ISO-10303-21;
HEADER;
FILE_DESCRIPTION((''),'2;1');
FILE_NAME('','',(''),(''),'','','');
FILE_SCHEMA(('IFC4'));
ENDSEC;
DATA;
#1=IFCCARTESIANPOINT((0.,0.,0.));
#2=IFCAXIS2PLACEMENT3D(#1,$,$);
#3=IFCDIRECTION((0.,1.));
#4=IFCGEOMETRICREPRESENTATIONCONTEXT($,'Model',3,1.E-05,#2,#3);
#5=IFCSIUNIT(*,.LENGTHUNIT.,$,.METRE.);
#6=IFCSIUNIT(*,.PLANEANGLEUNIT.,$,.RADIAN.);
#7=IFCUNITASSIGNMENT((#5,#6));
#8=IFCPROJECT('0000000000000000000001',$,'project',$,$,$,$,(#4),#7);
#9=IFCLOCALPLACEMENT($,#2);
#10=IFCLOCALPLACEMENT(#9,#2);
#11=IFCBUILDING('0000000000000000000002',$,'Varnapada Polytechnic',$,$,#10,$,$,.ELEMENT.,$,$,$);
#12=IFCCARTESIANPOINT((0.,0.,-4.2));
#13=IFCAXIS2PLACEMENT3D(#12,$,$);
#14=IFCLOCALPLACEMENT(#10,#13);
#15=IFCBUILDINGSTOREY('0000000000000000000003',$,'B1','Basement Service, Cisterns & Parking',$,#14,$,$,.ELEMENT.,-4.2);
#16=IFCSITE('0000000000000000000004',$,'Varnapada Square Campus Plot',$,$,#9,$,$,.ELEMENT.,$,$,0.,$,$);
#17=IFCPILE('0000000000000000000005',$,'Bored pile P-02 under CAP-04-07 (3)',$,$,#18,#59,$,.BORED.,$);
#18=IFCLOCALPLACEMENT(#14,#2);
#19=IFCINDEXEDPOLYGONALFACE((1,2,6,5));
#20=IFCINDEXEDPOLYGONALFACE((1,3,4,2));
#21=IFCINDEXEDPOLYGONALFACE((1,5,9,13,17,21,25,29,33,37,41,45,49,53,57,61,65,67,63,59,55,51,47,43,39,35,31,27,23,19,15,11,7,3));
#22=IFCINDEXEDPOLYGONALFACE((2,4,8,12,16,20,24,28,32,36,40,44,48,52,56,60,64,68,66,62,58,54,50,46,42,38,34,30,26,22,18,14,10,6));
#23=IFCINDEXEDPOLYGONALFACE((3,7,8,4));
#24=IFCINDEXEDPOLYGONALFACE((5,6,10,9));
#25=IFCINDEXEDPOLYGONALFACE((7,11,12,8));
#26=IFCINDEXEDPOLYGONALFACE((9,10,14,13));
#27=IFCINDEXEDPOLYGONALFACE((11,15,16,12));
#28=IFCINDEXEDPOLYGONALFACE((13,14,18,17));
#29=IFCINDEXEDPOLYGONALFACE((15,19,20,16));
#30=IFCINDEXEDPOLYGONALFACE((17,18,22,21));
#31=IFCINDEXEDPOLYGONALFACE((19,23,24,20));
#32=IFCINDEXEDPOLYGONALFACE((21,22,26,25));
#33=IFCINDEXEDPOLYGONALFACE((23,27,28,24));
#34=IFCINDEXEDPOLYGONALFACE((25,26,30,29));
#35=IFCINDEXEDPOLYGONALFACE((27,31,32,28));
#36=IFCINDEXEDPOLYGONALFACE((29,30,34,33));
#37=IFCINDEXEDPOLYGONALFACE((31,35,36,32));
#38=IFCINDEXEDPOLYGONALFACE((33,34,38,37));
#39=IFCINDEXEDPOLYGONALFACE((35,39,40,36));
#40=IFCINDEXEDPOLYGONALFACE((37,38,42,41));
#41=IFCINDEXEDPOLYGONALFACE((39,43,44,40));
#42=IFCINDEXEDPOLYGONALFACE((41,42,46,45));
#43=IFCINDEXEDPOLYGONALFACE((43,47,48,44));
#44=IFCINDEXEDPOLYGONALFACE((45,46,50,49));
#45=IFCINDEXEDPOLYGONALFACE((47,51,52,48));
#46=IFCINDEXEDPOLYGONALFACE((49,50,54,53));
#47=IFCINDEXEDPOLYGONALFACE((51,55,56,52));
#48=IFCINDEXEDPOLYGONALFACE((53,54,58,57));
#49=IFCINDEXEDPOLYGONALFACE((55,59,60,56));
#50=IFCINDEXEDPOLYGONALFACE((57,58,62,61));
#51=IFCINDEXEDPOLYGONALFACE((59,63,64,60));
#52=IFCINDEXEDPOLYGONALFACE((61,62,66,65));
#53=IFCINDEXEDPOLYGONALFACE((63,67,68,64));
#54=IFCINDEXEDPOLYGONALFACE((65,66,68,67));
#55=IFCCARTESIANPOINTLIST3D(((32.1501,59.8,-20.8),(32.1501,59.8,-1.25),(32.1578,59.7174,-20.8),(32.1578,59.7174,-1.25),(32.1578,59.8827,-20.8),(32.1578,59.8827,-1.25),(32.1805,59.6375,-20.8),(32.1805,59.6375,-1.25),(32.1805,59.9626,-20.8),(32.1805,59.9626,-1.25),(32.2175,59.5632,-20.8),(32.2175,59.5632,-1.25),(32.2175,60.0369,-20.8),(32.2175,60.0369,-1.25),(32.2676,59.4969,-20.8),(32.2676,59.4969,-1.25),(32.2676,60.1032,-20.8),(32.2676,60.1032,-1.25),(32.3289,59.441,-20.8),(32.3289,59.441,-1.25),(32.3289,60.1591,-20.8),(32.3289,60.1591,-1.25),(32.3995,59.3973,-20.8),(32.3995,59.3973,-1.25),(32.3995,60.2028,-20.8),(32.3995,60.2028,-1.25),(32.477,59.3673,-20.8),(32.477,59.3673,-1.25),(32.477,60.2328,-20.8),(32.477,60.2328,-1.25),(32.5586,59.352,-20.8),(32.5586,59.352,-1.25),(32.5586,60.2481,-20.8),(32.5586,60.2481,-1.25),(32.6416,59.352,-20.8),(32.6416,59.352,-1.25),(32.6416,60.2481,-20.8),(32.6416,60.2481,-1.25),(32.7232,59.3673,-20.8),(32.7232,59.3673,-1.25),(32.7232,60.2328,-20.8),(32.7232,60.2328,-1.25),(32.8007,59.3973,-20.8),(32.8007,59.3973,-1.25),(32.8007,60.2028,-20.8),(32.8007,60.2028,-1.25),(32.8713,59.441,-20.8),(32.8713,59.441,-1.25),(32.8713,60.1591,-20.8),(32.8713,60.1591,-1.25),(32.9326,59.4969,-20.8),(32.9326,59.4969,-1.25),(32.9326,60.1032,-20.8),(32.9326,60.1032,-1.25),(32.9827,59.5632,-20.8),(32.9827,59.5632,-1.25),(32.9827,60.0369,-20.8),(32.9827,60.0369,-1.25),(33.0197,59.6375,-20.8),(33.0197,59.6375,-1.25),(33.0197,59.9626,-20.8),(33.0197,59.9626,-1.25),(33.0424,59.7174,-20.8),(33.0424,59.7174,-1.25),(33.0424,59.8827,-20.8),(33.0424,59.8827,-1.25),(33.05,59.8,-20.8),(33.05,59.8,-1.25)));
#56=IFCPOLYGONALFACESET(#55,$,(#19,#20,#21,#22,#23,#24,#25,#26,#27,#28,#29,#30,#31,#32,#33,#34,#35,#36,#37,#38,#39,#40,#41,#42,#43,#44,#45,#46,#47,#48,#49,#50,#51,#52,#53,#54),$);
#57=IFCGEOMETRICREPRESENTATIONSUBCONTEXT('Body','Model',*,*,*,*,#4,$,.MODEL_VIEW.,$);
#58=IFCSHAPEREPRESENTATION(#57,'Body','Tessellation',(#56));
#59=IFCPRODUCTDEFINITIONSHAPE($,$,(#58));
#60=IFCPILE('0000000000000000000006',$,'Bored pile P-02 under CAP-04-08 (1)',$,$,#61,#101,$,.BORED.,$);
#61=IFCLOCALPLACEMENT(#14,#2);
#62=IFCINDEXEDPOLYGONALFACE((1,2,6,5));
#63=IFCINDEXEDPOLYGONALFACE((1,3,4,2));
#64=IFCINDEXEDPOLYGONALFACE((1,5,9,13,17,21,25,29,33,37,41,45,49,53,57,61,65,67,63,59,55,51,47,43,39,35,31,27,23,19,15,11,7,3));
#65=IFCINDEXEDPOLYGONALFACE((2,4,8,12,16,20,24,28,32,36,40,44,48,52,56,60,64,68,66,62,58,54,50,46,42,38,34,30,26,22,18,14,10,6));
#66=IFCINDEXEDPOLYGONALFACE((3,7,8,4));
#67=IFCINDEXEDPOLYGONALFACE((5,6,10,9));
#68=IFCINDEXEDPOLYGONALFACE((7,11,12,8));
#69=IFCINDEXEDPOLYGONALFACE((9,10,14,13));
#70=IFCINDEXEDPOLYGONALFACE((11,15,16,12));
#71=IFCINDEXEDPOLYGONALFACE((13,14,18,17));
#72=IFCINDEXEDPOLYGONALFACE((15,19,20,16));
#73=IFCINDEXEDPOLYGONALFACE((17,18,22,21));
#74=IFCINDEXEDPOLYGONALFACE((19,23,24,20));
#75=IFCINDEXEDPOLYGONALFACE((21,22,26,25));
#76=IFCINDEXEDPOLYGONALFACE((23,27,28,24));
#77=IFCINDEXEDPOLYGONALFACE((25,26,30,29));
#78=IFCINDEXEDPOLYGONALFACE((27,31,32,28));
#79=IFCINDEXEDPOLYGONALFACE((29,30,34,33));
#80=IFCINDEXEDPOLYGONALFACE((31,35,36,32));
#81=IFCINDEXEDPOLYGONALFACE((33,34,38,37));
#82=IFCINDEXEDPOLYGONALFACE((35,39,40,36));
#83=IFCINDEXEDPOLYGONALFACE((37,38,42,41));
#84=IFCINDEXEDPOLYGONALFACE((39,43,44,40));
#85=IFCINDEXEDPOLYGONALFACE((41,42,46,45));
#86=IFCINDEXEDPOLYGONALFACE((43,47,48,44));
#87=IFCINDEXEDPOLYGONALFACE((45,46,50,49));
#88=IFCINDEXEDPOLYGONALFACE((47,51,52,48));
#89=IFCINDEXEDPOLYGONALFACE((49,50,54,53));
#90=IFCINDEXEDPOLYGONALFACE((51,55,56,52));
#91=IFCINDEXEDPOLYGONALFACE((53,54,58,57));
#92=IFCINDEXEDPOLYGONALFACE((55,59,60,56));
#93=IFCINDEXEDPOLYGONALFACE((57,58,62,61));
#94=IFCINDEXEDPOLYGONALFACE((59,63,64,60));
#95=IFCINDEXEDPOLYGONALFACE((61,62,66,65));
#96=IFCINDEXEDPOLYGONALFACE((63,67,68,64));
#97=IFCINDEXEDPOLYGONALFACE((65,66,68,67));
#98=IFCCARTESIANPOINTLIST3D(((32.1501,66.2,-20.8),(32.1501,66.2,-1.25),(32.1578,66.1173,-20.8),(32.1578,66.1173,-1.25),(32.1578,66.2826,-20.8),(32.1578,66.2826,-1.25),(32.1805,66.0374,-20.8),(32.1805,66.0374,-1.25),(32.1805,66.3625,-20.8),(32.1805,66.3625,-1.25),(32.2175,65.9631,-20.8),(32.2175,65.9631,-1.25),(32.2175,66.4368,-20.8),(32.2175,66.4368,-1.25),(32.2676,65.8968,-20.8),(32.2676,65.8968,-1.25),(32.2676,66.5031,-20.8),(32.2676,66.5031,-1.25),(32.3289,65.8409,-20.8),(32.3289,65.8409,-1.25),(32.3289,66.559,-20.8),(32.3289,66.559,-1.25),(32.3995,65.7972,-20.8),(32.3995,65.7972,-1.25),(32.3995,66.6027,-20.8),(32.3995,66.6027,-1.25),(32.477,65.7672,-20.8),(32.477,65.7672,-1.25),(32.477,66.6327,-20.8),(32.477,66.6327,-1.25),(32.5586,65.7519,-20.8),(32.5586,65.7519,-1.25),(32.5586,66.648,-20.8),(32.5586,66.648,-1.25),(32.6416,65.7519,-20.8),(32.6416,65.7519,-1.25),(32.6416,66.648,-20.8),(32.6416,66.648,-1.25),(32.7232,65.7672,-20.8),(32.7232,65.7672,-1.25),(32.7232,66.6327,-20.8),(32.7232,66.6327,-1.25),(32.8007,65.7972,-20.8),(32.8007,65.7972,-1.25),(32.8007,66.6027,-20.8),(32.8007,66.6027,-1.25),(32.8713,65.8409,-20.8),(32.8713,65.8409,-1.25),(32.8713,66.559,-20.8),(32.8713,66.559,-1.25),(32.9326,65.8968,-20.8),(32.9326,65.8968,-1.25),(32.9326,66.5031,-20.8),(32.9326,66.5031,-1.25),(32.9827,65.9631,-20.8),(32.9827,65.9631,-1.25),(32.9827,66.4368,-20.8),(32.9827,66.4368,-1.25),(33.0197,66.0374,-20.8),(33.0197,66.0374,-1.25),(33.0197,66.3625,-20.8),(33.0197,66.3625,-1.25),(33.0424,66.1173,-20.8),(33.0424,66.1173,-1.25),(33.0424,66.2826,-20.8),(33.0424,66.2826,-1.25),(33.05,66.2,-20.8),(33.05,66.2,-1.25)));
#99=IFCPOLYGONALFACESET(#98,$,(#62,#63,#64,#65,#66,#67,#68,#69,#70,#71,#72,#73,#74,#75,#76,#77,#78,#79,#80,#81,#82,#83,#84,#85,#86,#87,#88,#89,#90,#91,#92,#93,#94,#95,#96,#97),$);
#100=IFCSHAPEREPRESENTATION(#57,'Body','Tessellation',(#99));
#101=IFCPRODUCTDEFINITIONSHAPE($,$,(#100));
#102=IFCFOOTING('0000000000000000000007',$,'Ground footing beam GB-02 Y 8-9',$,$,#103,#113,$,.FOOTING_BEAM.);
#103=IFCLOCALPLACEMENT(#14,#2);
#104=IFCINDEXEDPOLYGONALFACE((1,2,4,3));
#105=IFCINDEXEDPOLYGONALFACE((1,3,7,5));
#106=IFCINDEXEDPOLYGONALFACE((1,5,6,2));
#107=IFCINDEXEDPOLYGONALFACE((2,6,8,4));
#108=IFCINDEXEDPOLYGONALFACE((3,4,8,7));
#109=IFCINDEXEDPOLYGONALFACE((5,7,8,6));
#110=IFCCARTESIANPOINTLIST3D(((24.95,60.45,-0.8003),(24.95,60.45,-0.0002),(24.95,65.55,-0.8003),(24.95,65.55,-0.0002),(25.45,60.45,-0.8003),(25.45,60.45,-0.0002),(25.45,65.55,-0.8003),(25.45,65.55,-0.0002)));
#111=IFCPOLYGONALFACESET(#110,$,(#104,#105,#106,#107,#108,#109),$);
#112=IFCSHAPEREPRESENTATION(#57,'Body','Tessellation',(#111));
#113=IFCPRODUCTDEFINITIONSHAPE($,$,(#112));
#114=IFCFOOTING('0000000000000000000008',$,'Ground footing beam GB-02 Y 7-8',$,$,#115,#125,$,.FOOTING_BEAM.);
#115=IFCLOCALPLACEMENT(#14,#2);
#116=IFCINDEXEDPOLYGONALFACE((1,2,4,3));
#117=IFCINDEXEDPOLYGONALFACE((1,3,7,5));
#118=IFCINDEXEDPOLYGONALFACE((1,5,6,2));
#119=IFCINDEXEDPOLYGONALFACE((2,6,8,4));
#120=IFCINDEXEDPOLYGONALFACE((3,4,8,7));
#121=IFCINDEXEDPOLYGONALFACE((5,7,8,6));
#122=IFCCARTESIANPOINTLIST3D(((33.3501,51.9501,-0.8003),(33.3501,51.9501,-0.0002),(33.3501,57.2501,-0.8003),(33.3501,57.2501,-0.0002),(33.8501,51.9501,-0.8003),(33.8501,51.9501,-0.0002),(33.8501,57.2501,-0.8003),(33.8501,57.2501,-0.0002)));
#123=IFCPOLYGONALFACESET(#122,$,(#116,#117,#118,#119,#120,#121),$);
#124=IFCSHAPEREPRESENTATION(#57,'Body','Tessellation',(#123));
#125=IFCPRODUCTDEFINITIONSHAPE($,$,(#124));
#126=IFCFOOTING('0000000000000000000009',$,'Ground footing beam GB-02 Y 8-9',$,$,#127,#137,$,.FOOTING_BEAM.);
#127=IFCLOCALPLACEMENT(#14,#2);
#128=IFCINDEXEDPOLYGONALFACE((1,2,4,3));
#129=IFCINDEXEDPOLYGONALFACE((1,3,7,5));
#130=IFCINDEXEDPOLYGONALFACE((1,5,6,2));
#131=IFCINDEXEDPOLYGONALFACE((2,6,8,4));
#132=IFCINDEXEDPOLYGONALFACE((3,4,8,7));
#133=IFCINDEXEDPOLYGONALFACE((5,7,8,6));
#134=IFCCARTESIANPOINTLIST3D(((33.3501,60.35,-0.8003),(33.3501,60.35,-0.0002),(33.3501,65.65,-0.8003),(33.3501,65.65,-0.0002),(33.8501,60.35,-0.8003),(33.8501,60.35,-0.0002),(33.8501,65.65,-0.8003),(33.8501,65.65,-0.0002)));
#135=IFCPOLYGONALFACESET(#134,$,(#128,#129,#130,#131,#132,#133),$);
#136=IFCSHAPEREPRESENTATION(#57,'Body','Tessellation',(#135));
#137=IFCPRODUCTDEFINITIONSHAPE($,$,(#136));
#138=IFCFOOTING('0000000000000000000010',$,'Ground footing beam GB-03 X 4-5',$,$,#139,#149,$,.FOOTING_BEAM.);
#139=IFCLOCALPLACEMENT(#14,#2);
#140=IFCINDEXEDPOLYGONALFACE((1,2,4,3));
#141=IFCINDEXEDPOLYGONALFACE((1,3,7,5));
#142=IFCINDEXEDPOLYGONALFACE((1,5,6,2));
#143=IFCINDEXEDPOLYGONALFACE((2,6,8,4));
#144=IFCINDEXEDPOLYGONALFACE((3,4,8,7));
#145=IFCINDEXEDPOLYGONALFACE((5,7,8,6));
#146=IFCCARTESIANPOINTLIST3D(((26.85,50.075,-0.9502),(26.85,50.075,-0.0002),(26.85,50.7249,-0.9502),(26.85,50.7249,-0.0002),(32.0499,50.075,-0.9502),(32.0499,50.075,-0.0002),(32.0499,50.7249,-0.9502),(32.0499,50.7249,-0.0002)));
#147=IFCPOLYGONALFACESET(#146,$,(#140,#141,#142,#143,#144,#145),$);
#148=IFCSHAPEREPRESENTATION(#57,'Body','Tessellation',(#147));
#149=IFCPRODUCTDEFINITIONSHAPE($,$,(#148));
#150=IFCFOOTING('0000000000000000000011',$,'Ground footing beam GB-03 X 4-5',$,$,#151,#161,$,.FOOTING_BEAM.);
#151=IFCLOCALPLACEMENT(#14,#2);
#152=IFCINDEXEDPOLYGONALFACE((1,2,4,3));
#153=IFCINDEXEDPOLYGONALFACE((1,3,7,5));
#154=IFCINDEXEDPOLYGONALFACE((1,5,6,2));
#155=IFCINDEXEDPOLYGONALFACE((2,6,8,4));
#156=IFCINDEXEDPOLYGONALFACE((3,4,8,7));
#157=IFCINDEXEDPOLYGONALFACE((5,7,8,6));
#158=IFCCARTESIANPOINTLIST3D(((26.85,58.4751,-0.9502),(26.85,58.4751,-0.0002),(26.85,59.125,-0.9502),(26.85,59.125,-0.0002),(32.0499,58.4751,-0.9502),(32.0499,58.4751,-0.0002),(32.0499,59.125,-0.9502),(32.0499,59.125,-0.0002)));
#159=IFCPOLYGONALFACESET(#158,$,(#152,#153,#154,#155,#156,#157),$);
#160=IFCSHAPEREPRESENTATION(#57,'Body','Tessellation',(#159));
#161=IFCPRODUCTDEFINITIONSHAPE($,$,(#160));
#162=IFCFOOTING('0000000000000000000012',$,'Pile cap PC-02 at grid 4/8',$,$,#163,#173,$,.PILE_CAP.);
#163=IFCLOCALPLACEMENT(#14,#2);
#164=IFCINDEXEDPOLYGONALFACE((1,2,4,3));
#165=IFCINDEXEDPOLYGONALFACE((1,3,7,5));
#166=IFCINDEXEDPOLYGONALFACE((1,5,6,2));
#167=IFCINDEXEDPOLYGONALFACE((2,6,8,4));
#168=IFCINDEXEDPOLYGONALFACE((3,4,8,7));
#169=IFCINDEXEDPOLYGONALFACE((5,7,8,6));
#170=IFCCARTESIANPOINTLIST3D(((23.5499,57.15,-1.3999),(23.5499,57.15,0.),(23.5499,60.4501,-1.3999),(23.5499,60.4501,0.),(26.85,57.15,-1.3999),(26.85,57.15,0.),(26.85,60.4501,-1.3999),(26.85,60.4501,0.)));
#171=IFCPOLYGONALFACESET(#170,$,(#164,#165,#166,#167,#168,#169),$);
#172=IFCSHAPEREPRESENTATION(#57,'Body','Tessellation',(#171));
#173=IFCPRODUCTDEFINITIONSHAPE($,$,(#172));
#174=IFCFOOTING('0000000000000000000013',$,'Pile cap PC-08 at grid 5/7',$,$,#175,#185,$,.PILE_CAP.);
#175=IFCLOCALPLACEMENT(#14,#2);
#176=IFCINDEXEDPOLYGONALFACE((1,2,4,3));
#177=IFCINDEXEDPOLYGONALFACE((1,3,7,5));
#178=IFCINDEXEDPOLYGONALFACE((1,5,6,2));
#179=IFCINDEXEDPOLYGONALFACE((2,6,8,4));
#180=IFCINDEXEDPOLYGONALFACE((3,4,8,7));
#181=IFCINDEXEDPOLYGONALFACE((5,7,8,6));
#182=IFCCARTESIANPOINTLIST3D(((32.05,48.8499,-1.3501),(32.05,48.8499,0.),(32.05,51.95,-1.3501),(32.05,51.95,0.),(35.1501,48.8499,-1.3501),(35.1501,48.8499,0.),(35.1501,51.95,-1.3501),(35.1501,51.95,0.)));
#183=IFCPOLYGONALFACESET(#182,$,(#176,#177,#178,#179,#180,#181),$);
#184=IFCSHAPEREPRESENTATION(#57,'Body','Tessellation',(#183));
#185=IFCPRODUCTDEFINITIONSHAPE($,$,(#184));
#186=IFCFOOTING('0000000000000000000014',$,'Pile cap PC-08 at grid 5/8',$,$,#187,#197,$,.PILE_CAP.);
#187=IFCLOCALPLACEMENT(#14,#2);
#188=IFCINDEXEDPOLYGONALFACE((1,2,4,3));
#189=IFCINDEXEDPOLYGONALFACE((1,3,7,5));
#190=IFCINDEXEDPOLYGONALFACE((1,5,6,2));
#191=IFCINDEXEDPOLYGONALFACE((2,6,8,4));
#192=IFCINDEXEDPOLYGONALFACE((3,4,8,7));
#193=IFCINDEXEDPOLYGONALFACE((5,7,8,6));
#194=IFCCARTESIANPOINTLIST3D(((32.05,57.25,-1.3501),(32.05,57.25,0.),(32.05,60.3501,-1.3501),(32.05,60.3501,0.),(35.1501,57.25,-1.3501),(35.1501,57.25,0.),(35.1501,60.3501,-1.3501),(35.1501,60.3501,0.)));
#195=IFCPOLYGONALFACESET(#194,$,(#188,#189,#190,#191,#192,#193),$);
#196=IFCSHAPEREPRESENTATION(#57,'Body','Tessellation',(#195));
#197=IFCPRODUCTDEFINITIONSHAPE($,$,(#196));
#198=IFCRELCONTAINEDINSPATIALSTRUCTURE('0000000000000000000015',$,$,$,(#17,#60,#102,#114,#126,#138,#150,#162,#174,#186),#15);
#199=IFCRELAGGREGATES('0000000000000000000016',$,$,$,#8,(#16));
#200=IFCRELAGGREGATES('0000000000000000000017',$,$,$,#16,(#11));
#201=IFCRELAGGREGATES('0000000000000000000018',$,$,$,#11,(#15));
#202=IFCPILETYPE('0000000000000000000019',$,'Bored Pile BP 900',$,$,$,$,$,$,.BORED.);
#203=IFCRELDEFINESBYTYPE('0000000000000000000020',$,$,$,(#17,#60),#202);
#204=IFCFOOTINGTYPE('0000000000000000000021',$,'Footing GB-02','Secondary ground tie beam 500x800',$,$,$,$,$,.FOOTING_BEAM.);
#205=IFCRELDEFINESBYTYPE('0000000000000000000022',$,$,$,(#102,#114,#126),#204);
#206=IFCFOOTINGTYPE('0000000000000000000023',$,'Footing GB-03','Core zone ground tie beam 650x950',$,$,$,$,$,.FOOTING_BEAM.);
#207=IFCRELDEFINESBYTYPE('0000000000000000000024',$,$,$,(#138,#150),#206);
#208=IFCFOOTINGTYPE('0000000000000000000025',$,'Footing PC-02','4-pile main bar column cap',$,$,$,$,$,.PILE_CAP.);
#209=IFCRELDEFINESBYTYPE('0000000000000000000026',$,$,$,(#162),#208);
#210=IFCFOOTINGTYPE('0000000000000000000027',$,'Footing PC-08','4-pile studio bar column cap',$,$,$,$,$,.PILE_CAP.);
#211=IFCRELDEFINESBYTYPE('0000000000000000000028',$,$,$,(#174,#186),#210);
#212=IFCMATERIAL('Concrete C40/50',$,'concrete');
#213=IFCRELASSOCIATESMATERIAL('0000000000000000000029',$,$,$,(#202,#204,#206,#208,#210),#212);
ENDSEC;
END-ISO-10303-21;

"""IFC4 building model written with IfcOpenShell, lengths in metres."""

from ifc_helpers import new_model, si_unit, direction, frame, origin, origin_2d, place, context, subcontext, project, spatial, rectangle, circle, extrude, material, material_profile, profile_set, type_object, element, save


model = new_model("IFC4")

# Units and contexts
model_context = context("Model", 3, precision=1e-05, world=origin(), true_north=direction((0.0, 1.0)))
body_context = subcontext(model_context, "Body", "Model", "MODEL_VIEW")
ifc_project = project(units=[si_unit("LENGTHUNIT", "METRE"), si_unit("PLANEANGLEUNIT", "RADIAN")], contexts=[model_context])

# Site, building, storey
site_placement = place(None, origin())
site = spatial("IfcSite", under=ifc_project, at=site_placement, Name="Varnapada Square Campus Plot", CompositionType="ELEMENT", RefElevation=0.0)
building_placement = place(site_placement, origin())
building = spatial("IfcBuilding", under=site, at=building_placement, Name="Varnapada Polytechnic", CompositionType="ELEMENT")
storey_placement = place(building_placement, frame((0.0, 0.0, -4.2)))
storey = spatial("IfcBuildingStorey", under=building, at=storey_placement, Name="B1", Description="Basement Service, Cisterns & Parking", CompositionType="ELEMENT", Elevation=-4.2)

# Piles
ifc_material_1 = material(Name="Concrete C40/50", Category="concrete")
ifc_material_profile_1 = material_profile(ifc_material_1, circle(Radius=0.45, at=origin_2d()), Name="BP 900")
ifc_profile_set_1 = profile_set([ifc_material_profile_1], Name="Concrete C40/50")
pile_type_1 = type_object("IfcPileType", Name="Bored Pile BP 900", PredefinedType="BORED", material=ifc_profile_set_1)
for number, where, z_axis, x_axis, name in (
    (1, (32.6001, 59.8, -1.25), (0.0, 0.0, -1.0), (1.0, 0.0, 0.0), "Bored pile P-02 under CAP-04-07 (3)"),
    (2, (32.6001, 66.2, -1.25), (0.0, 0.0, -1.0), (1.0, 0.0, 0.0), "Bored pile P-02 under CAP-04-08 (1)"),
):
    element("IfcPile", number, at=place(storey_placement, frame(where, z_axis=z_axis, x_axis=x_axis)), inside=storey, type_object=pile_type_1, Name=name, PredefinedType="BORED", context=body_context, shape_type="SweptSolid", body=[
        extrude(circle(Radius=0.45, at=origin_2d()), origin(), (0.0, 0.0, 1.0), 19.55),
    ])

# Footings
footing_type_1 = type_object("IfcFootingType", Name="Footing GB-02", Description="Secondary ground tie beam 500x800", PredefinedType="FOOTING_BEAM", material=ifc_material_1)
footing_1_placement = place(storey_placement, frame((25.2, 63.0, -0.8003), z_axis=(0.0, 0.0, 1.0), x_axis=(0.0, 1.0, 0.0)))
element("IfcFooting", 3, at=footing_1_placement, inside=storey, type_object=footing_type_1, Name="Ground footing beam GB-02 Y 8-9", PredefinedType="FOOTING_BEAM", context=body_context, shape_type="SweptSolid", body=[
    extrude(rectangle(XDim=5.1001, YDim=0.5, at=origin_2d()), origin(), (0.0, 0.0, 1.0), 0.8),
])
for number, where, z_axis, x_axis, name in (
    (4, (33.6001, 54.6001, -0.8003), (0.0, 0.0, 1.0), (0.0, 1.0, 0.0), "Ground footing beam GB-02 Y 7-8"),
    (5, (33.6001, 63.0, -0.8003), (0.0, 0.0, 1.0), (0.0, 1.0, 0.0), "Ground footing beam GB-02 Y 8-9"),
):
    element("IfcFooting", number, at=place(storey_placement, frame(where, z_axis=z_axis, x_axis=x_axis)), inside=storey, type_object=footing_type_1, Name=name, PredefinedType="FOOTING_BEAM", context=body_context, shape_type="SweptSolid", body=[
        extrude(rectangle(XDim=5.3, YDim=0.5, at=origin_2d()), origin(), (0.0, 0.0, 1.0), 0.8),
    ])
footing_type_2 = type_object("IfcFootingType", Name="Footing GB-03", Description="Core zone ground tie beam 650x950", PredefinedType="FOOTING_BEAM", material=ifc_material_1)
for number, where, z_axis, x_axis, name in (
    (6, (29.45, 50.3999, -0.9502), (0.0, 0.0, 1.0), (1.0, 0.0, 0.0), "Ground footing beam GB-03 X 4-5"),
    (7, (29.45, 58.8, -0.9502), (0.0, 0.0, 1.0), (1.0, 0.0, 0.0), "Ground footing beam GB-03 X 4-5"),
):
    element("IfcFooting", number, at=place(storey_placement, frame(where, z_axis=z_axis, x_axis=x_axis)), inside=storey, type_object=footing_type_2, Name=name, PredefinedType="FOOTING_BEAM", context=body_context, shape_type="SweptSolid", body=[
        extrude(rectangle(XDim=5.2, YDim=0.6499, at=origin_2d()), origin(), (0.0, 0.0, 1.0), 0.95),
    ])
footing_type_3 = type_object("IfcFootingType", Name="Footing PC-02", Description="4-pile main bar column cap", PredefinedType="PILE_CAP", material=ifc_material_1)
footing_2_placement = place(storey_placement, frame((25.2, 58.8, -1.3999), z_axis=(0.0, 0.0, 1.0), x_axis=(1.0, 0.0, 0.0)))
element("IfcFooting", 8, at=footing_2_placement, inside=storey, type_object=footing_type_3, Name="Pile cap PC-02 at grid 4/8", PredefinedType="PILE_CAP", context=body_context, shape_type="SweptSolid", body=[
    extrude(rectangle(XDim=3.3, YDim=3.3, at=origin_2d()), origin(), (0.0, 0.0, 1.0), 1.3999),
])
footing_type_4 = type_object("IfcFootingType", Name="Footing PC-08", Description="4-pile studio bar column cap", PredefinedType="PILE_CAP", material=ifc_material_1)
for number, where, z_axis, x_axis, name in (
    (9, (33.6001, 50.3999, -1.3501), (0.0, 0.0, 1.0), (1.0, 0.0, 0.0), "Pile cap PC-08 at grid 5/7"),
    (10, (33.6001, 58.8, -1.3501), (0.0, 0.0, 1.0), (1.0, 0.0, 0.0), "Pile cap PC-08 at grid 5/8"),
):
    element("IfcFooting", number, at=place(storey_placement, frame(where, z_axis=z_axis, x_axis=x_axis)), inside=storey, type_object=footing_type_4, Name=name, PredefinedType="PILE_CAP", context=body_context, shape_type="SweptSolid", body=[
        extrude(rectangle(XDim=3.1001, YDim=3.1001, at=origin_2d()), origin(), (0.0, 0.0, 1.0), 1.3501),
    ])

save(model, "model.ifc")
